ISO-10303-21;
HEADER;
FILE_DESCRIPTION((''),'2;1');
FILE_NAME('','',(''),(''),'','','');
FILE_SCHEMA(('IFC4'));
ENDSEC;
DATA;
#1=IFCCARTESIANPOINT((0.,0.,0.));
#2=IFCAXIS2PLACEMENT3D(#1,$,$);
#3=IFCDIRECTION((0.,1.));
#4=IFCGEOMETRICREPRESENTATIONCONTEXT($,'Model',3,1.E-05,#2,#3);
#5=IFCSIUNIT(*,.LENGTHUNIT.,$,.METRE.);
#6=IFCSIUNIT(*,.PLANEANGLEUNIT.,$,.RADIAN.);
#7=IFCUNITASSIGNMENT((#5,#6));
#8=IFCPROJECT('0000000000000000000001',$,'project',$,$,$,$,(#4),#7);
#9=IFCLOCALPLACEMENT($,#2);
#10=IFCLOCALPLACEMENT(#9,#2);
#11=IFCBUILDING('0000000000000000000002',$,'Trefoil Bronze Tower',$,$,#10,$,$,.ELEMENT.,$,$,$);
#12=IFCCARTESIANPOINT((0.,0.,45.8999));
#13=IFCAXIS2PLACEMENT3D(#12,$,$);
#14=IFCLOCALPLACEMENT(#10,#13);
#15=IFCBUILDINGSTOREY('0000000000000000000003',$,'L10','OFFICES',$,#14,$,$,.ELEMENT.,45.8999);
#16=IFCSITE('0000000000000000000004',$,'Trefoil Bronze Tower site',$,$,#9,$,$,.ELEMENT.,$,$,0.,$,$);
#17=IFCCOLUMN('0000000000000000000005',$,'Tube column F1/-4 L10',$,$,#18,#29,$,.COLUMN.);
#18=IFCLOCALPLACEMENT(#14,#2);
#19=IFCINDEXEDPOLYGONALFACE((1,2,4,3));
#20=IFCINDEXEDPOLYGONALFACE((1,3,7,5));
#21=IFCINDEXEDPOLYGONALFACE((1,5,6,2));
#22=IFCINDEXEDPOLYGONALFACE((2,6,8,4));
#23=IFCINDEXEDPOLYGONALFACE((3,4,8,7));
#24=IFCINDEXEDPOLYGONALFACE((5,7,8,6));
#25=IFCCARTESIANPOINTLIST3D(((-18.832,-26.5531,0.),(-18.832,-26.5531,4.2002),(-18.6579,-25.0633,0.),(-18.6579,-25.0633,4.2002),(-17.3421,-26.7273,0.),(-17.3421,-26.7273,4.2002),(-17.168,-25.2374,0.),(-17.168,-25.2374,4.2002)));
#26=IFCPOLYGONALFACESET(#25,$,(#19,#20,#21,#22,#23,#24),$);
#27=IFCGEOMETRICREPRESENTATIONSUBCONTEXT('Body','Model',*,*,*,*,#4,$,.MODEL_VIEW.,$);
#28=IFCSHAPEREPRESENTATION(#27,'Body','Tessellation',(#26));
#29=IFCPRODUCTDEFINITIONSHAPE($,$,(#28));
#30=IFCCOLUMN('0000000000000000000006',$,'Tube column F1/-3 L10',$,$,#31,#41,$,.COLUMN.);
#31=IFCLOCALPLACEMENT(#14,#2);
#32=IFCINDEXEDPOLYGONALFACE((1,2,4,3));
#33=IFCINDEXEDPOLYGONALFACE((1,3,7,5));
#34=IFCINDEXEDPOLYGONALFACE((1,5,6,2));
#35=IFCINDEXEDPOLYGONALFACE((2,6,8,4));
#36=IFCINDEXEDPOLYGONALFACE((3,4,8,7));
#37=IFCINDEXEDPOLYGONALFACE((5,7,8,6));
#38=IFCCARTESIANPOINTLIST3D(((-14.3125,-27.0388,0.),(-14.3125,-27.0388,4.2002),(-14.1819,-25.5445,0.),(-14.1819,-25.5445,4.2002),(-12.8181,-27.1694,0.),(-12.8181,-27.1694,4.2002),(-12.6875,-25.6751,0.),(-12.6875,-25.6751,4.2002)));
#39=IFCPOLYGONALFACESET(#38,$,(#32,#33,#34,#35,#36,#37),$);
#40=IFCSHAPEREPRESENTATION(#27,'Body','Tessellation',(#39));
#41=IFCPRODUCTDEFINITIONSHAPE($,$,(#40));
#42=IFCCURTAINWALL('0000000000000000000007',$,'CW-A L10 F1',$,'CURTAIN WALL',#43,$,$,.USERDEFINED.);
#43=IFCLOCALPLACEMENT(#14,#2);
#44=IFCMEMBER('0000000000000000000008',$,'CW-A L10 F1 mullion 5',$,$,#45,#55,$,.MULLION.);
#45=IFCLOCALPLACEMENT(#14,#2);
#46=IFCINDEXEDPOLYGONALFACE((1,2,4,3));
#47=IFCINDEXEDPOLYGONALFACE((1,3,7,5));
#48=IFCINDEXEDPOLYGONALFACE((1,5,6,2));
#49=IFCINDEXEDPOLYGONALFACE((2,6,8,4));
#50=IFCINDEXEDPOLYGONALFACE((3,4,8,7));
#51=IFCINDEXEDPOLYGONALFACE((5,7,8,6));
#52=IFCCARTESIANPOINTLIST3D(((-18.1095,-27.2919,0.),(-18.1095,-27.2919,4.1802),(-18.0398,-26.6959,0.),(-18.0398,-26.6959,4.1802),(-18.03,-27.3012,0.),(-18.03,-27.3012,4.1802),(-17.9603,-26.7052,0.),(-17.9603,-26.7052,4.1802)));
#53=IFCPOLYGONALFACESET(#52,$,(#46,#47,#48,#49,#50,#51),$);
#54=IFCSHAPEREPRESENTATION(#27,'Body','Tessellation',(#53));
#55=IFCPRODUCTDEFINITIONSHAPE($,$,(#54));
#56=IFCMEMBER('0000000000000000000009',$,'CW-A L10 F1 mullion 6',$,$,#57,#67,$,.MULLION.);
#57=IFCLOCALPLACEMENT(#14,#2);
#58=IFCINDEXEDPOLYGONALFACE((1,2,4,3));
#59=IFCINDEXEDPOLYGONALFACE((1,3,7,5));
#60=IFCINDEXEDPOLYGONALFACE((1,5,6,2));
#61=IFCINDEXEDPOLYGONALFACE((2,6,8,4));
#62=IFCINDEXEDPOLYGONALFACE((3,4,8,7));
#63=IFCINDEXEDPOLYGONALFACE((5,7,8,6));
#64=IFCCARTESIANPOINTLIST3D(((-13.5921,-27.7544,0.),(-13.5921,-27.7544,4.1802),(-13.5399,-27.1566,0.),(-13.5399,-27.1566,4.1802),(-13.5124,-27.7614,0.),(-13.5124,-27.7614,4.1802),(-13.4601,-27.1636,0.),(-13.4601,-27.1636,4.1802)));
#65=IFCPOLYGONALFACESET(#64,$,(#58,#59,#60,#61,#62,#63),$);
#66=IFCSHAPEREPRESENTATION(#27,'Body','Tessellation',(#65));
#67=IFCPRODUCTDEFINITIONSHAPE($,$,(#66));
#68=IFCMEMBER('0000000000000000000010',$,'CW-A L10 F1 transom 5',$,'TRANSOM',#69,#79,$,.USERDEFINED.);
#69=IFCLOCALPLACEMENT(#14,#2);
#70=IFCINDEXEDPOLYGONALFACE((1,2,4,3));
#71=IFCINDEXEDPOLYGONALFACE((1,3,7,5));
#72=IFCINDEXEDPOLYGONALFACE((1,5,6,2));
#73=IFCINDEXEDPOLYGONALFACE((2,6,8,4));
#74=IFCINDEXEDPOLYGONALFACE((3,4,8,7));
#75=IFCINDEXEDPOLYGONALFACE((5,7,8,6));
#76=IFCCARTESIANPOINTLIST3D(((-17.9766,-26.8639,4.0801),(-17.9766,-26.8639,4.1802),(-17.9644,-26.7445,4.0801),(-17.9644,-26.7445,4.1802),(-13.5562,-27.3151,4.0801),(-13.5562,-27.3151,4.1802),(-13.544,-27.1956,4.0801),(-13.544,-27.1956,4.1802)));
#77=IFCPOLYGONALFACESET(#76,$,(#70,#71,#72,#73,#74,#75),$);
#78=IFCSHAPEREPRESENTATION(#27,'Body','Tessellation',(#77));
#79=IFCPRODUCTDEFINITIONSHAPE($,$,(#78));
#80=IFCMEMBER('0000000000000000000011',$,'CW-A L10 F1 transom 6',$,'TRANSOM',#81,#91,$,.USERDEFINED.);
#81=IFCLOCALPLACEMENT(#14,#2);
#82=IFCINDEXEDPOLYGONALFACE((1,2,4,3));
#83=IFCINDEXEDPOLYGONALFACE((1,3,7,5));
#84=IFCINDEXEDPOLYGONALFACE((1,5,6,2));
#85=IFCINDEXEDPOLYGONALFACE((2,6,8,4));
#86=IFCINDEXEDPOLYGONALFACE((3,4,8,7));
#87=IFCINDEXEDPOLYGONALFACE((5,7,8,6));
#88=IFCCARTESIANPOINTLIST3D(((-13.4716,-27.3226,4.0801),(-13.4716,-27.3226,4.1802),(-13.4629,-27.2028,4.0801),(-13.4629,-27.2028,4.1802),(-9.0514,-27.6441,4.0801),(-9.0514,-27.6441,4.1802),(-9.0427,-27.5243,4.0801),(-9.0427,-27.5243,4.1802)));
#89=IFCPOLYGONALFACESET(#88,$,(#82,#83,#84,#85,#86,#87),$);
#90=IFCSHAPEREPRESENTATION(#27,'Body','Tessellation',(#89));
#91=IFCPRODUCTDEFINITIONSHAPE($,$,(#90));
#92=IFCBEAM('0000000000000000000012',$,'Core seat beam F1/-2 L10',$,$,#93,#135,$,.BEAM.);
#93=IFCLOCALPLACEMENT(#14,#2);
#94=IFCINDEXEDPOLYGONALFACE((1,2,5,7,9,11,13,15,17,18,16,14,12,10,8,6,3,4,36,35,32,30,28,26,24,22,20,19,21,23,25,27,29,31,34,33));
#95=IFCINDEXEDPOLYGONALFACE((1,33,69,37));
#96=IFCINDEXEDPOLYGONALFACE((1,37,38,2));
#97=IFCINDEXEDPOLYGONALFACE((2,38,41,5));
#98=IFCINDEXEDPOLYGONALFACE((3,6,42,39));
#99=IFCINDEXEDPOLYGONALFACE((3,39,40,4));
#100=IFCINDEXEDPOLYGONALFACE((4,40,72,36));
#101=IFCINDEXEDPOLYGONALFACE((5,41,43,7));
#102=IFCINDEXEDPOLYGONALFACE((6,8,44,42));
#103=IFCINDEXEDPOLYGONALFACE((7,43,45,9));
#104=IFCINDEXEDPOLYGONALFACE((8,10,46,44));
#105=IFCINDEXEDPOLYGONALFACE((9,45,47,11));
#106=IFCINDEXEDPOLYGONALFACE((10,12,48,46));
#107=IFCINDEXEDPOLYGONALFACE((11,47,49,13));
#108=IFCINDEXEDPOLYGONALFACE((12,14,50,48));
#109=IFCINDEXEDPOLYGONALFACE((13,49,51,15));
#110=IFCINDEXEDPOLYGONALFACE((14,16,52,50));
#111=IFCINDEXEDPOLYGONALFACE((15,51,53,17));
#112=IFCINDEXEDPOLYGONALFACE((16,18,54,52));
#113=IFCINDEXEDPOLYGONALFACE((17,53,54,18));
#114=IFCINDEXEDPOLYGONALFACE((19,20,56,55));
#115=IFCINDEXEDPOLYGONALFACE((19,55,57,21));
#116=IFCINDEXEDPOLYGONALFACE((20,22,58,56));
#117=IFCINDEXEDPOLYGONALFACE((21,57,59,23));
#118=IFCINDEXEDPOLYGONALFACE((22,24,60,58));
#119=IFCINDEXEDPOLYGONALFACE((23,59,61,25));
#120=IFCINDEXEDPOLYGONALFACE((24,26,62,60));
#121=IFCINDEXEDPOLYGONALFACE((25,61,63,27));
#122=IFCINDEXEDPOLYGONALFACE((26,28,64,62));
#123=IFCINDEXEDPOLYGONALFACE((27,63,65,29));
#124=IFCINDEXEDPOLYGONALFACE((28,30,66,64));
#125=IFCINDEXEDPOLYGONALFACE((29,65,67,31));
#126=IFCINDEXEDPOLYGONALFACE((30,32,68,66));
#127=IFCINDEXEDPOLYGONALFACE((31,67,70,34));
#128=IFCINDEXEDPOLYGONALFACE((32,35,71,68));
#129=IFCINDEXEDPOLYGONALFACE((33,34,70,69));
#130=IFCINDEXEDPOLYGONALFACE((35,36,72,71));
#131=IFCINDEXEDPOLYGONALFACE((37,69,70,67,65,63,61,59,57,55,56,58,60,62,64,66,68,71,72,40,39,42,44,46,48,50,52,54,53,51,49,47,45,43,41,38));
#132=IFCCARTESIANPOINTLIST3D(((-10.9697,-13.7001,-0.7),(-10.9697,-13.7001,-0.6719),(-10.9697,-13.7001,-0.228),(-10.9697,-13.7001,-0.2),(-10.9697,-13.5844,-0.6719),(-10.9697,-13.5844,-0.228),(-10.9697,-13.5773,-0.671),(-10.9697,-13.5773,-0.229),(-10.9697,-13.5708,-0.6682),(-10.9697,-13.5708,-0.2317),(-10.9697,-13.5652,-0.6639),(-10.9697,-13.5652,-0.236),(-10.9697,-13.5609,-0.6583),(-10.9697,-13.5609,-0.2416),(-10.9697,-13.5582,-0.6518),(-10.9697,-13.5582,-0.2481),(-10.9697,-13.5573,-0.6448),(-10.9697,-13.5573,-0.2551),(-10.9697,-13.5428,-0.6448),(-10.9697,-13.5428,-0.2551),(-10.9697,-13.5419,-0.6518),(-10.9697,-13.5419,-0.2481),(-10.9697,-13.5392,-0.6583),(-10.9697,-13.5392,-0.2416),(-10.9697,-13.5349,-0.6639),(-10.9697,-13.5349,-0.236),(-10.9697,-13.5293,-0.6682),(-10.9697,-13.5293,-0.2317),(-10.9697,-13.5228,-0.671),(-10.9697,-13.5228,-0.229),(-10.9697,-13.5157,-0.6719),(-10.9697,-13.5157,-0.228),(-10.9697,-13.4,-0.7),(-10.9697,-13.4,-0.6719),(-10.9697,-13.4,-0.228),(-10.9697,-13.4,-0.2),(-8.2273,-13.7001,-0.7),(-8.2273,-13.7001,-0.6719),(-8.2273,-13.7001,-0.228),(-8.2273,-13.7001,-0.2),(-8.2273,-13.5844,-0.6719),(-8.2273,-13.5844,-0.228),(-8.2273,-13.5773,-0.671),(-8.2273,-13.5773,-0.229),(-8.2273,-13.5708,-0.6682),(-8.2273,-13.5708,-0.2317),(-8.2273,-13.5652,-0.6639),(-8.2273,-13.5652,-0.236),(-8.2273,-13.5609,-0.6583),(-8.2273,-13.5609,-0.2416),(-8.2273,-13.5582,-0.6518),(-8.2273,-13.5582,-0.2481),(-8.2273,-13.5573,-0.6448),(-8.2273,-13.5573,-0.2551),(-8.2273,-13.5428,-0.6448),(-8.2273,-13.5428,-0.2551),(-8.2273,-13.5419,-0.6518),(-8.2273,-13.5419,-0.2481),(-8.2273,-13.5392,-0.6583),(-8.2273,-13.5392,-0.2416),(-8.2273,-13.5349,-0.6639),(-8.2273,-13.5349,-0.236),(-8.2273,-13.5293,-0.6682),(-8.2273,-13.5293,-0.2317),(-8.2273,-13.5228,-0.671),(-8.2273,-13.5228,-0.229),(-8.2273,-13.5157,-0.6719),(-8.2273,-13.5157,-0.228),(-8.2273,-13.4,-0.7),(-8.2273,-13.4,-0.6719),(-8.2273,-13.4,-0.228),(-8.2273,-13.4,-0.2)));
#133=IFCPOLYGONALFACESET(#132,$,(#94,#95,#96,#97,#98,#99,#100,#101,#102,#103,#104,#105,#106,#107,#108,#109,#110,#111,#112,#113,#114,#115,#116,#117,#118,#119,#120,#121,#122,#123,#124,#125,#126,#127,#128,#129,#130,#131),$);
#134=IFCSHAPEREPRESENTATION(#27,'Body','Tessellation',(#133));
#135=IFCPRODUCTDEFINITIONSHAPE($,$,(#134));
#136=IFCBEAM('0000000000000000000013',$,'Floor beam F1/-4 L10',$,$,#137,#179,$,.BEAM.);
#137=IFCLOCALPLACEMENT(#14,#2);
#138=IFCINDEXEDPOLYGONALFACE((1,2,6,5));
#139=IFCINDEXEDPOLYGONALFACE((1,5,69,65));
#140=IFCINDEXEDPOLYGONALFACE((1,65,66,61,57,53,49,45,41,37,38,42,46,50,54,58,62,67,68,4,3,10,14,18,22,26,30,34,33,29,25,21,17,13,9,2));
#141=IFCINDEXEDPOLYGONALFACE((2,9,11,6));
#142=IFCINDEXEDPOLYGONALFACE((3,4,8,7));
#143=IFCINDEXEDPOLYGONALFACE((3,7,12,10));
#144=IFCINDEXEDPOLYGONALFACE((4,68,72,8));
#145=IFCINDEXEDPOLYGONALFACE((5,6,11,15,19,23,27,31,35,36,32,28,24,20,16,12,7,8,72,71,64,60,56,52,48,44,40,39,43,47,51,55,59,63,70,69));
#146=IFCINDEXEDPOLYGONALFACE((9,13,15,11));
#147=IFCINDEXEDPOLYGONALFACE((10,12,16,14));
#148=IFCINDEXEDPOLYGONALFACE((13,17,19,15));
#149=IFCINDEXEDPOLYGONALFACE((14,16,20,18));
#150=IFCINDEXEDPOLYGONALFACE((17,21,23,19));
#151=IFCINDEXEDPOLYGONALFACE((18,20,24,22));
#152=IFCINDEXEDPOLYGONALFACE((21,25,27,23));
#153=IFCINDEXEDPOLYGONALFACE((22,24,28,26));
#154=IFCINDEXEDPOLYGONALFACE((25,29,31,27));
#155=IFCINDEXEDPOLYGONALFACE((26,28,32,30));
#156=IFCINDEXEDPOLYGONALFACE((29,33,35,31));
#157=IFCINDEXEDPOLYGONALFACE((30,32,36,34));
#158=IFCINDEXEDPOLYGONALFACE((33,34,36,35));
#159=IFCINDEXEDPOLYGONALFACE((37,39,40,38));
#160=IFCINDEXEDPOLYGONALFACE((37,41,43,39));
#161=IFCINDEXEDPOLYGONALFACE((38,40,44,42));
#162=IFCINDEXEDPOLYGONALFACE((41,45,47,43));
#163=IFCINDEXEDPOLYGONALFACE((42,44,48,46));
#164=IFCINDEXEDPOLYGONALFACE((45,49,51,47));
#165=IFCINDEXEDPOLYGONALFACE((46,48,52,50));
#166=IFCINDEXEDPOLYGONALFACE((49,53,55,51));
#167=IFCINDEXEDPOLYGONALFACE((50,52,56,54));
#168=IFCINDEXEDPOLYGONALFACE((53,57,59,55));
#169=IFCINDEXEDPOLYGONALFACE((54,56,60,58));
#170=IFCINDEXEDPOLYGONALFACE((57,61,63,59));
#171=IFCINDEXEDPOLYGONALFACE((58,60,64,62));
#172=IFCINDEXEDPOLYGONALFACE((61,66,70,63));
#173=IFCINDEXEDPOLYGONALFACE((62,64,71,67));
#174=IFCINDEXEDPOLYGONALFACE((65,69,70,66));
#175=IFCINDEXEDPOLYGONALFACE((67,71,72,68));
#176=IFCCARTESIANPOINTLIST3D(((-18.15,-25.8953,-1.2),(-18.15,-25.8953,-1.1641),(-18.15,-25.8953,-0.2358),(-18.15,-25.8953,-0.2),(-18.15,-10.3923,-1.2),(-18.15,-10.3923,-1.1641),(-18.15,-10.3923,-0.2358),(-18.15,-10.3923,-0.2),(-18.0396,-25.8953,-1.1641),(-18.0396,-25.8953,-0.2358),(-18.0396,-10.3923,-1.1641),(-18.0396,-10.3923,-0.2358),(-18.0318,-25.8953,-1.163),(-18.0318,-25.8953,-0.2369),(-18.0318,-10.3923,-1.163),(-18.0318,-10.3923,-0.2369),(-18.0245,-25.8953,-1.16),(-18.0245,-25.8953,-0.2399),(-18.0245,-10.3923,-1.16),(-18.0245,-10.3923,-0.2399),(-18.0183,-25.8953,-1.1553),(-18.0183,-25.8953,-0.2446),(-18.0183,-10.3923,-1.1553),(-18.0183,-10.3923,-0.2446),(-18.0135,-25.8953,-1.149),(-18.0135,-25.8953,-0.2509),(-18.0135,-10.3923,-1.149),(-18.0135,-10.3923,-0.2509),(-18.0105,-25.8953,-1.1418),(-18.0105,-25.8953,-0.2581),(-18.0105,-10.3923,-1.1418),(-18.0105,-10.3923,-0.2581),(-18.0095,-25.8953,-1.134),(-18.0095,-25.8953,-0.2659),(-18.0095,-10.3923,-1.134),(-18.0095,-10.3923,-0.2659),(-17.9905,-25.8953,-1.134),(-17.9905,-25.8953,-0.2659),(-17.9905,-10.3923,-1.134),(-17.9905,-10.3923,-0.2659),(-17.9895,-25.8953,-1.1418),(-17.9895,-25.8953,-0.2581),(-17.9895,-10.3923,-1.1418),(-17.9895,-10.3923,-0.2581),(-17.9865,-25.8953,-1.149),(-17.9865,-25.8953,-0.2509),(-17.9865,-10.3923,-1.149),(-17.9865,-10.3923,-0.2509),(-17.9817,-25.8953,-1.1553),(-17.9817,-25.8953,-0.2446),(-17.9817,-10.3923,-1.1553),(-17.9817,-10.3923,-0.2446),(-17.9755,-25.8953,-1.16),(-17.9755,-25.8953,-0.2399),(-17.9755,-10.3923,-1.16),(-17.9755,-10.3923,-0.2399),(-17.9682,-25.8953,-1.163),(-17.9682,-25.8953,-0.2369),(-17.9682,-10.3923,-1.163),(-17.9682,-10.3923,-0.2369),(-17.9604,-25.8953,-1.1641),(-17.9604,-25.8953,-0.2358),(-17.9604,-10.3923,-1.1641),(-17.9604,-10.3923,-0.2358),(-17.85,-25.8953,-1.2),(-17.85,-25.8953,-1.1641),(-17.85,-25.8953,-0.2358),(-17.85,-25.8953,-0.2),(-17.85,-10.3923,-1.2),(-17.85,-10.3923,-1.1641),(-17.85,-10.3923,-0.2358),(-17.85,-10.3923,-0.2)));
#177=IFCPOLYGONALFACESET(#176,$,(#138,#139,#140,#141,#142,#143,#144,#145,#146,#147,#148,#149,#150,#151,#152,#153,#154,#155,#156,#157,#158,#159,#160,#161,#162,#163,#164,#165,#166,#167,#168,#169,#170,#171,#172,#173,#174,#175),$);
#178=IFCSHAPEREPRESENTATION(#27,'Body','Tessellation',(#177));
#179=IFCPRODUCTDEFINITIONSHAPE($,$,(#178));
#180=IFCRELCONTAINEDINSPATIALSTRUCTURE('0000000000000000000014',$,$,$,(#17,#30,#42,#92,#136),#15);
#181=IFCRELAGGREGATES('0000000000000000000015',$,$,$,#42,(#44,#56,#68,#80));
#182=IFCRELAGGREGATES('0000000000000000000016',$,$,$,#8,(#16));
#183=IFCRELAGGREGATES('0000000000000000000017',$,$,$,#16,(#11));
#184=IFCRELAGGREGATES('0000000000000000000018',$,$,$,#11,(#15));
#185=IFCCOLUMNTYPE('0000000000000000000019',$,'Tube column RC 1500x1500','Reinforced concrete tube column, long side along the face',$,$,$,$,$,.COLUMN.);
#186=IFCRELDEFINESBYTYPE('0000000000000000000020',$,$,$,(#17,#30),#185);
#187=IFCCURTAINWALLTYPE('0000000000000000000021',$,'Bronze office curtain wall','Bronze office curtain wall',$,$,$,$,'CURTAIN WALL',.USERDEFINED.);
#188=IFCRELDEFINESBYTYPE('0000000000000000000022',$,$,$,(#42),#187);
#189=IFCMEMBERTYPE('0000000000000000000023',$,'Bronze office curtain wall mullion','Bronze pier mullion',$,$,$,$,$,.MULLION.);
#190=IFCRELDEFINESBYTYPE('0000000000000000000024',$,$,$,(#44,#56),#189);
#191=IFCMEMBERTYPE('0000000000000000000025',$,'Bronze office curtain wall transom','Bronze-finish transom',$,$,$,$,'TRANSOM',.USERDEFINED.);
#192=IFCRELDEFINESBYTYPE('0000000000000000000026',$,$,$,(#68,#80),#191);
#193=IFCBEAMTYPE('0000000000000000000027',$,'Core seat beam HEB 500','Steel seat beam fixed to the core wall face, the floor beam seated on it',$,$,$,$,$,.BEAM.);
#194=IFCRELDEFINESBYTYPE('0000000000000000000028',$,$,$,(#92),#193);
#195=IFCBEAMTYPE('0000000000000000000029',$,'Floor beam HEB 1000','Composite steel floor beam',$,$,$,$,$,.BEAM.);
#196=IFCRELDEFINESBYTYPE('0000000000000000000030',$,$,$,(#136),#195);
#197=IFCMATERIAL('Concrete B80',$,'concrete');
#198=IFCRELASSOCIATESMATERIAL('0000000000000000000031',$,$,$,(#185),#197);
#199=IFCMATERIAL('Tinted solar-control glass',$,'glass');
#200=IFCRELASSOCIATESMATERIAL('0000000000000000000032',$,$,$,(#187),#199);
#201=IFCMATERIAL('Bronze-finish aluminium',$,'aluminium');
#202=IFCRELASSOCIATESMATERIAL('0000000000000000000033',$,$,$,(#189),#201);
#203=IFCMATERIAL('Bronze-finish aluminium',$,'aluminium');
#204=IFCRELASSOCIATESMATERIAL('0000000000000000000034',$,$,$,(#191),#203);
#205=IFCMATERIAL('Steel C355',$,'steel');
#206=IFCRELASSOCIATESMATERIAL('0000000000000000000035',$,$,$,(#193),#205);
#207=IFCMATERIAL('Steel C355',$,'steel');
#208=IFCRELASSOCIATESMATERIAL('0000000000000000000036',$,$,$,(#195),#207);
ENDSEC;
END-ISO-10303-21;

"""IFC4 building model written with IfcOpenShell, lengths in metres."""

from ifc_helpers import new_model, si_unit, direction, frame, origin, origin_2d, place, context, subcontext, project, spatial, rectangle, i_section, extrude, material, material_profile, profile_set, type_object, element, aggregate, save


model = new_model("IFC4")

# Units and contexts
model_context = context("Model", 3, precision=1e-05, world=origin(), true_north=direction((0.0, 1.0)))
body_context = subcontext(model_context, "Body", "Model", "MODEL_VIEW")
ifc_project = project(units=[si_unit("LENGTHUNIT", "METRE"), si_unit("PLANEANGLEUNIT", "RADIAN")], contexts=[model_context])

# Site, building, storey
site_placement = place(None, origin())
site = spatial("IfcSite", under=ifc_project, at=site_placement, Name="Trefoil Bronze Tower site", CompositionType="ELEMENT", RefElevation=0.0)
building_placement = place(site_placement, origin())
building = spatial("IfcBuilding", under=site, at=building_placement, Name="Trefoil Bronze Tower", CompositionType="ELEMENT")
storey_placement = place(building_placement, frame((0.0, 0.0, 45.8999)))
storey = spatial("IfcBuildingStorey", under=building, at=storey_placement, Name="L10", Description="OFFICES", CompositionType="ELEMENT", Elevation=45.8999)

# Columns
ifc_material_1 = material(Name="Concrete B80", Category="concrete")
ifc_material_profile_1 = material_profile(ifc_material_1, rectangle(XDim=1.5, YDim=1.5, at=origin_2d()), Name="RC 1500x1500")
ifc_profile_set_1 = profile_set([ifc_material_profile_1], Name="Concrete B80")
column_type = type_object("IfcColumnType", Name="Tube column RC 1500x1500", Description="Reinforced concrete tube column, long side along the face", PredefinedType="COLUMN", material=ifc_profile_set_1)
for number, where, z_axis, x_axis, name in (
    (1, (-18.0, -25.8953, 0.0), (0.0, 0.0, 1.0), (0.993239, -0.116087, 0.0), "Tube column F1/-4 L10"),
    (2, (-13.5, -26.3569, 0.0), (0.0, 0.0, 1.0), (0.996203, -0.087065, 0.0), "Tube column F1/-3 L10"),
):
    element("IfcColumn", number, at=place(storey_placement, frame(where, z_axis=z_axis, x_axis=x_axis)), inside=storey, type_object=column_type, Name=name, PredefinedType="COLUMN", context=body_context, shape_type="SweptSolid", body=[
        extrude(rectangle(XDim=1.5, YDim=1.5, at=origin_2d()), origin(), (0.0, 0.0, 1.0), 4.2002),
    ])

# Curtain wall, members
ifc_material_2 = material(Name="Tinted solar-control glass", Category="glass")
curtain_wall_type = type_object("IfcCurtainWallType", Name="Bronze office curtain wall", Description="Bronze office curtain wall", ElementType="CURTAIN WALL", PredefinedType="USERDEFINED", material=ifc_material_2)
curtain_wall_placement = place(storey_placement, origin())
curtain_wall = element("IfcCurtainWall", 3, at=curtain_wall_placement, inside=storey, type_object=curtain_wall_type, Name="CW-A L10 F1", ObjectType="CURTAIN WALL", PredefinedType="USERDEFINED")
ifc_material_3 = material(Name="Bronze-finish aluminium", Category="aluminium")
ifc_material_profile_2 = material_profile(ifc_material_3, rectangle(XDim=0.6001, YDim=0.0801, at=origin_2d()), Name="CW-A mullion")
ifc_profile_set_2 = profile_set([ifc_material_profile_2], Name="Bronze-finish aluminium")
member_type_1 = type_object("IfcMemberType", Name="Bronze office curtain wall mullion", Description="Bronze pier mullion", PredefinedType="MULLION", material=ifc_profile_set_2)
member_1_placement = place(storey_placement, frame((-18.0349, -26.9985, 0.0), z_axis=(0.0, 0.0, 1.0), x_axis=(0.116087, 0.993239, 0.0)))
member_1 = element("IfcMember", 4, at=member_1_placement, type_object=member_type_1, Name="CW-A L10 F1 mullion 5", PredefinedType="MULLION", context=body_context, shape_type="SweptSolid", body=[
    extrude(rectangle(XDim=0.6001, YDim=0.0801, at=origin_2d()), origin(), (0.0, 0.0, 1.0), 4.1802),
])
member_2_placement = place(storey_placement, frame((-13.5261, -27.459, 0.0), z_axis=(0.0, 0.0, 1.0), x_axis=(0.087065, 0.996203, 0.0)))
member_2 = element("IfcMember", 5, at=member_2_placement, type_object=member_type_1, Name="CW-A L10 F1 mullion 6", PredefinedType="MULLION", context=body_context, shape_type="SweptSolid", body=[
    extrude(rectangle(XDim=0.6001, YDim=0.0801, at=origin_2d()), origin(), (0.0, 0.0, 1.0), 4.1802),
])
ifc_material_4 = material(Name="Bronze-finish aluminium", Category="aluminium")
ifc_material_profile_3 = material_profile(ifc_material_4, rectangle(XDim=0.1201, YDim=0.1001, at=origin_2d()), Name="CW-A transom")
ifc_profile_set_3 = profile_set([ifc_material_profile_3], Name="Bronze-finish aluminium")
member_type_2 = type_object("IfcMemberType", Name="Bronze office curtain wall transom", Description="Bronze-finish transom", ElementType="TRANSOM", PredefinedType="USERDEFINED", material=ifc_profile_set_3)
member_3_placement = place(storey_placement, frame((-17.9705, -26.8042, 4.1301), z_axis=(0.994832, -0.101538, 0.0), x_axis=(0.101538, 0.994832, 0.0)))
member_3 = element("IfcMember", 6, at=member_3_placement, type_object=member_type_2, Name="CW-A L10 F1 transom 5", ObjectType="TRANSOM", PredefinedType="USERDEFINED", context=body_context, shape_type="SweptSolid", body=[
    extrude(rectangle(XDim=0.1201, YDim=0.1001, at=origin_2d()), origin(), (0.0, 0.0, 1.0), 4.4434),
])
member_4_placement = place(storey_placement, frame((-13.4673, -27.2627, 4.1301), z_axis=(0.997365, -0.072551, 0.0), x_axis=(0.072551, 0.997365, 0.0)))
member_4 = element("IfcMember", 7, at=member_4_placement, type_object=member_type_2, Name="CW-A L10 F1 transom 6", ObjectType="TRANSOM", PredefinedType="USERDEFINED", context=body_context, shape_type="SweptSolid", body=[
    extrude(rectangle(XDim=0.1201, YDim=0.1001, at=origin_2d()), origin(), (0.0, 0.0, 1.0), 4.4319),
])

# Beams
ifc_material_5 = material(Name="Steel C355", Category="steel")
ifc_material_profile_4 = material_profile(ifc_material_5, i_section(OverallWidth=0.3, OverallDepth=0.5, WebThickness=0.0144, FlangeThickness=0.0281, FilletRadius=0.0271, at=origin_2d()), Name="HEB 500")
ifc_profile_set_4 = profile_set([ifc_material_profile_4], Name="Steel C355")
beam_type_1 = type_object("IfcBeamType", Name="Core seat beam HEB 500", Description="Steel seat beam fixed to the core wall face, the floor beam seated on it", PredefinedType="BEAM", material=ifc_profile_set_4)
beam_1_placement = place(storey_placement, frame((-10.9697, -13.55, -0.45), z_axis=(1.0, 0.0, 0.0), x_axis=(0.0, 1.0, 0.0)))
element("IfcBeam", 8, at=beam_1_placement, inside=storey, type_object=beam_type_1, Name="Core seat beam F1/-2 L10", PredefinedType="BEAM", context=body_context, shape_type="SweptSolid", body=[
    extrude(i_section(OverallWidth=0.3, OverallDepth=0.5, WebThickness=0.0144, FlangeThickness=0.0281, FilletRadius=0.0271, at=origin_2d()), origin(), (0.0, 0.0, 1.0), 2.7424),
])
ifc_material_6 = material(Name="Steel C355", Category="steel")
ifc_material_profile_5 = material_profile(ifc_material_6, i_section(OverallWidth=0.3, OverallDepth=1.0, WebThickness=0.019, FlangeThickness=0.0359, FilletRadius=0.03, at=origin_2d()), Name="HEB 1000")
ifc_profile_set_5 = profile_set([ifc_material_profile_5], Name="Steel C355")
beam_type_2 = type_object("IfcBeamType", Name="Floor beam HEB 1000", Description="Composite steel floor beam", PredefinedType="BEAM", material=ifc_profile_set_5)
beam_2_placement = place(storey_placement, frame((-18.0, -25.8953, -0.7), z_axis=(0.0, 1.0, 0.0), x_axis=(-1.0, 0.0, 0.0)))
element("IfcBeam", 9, at=beam_2_placement, inside=storey, type_object=beam_type_2, Name="Floor beam F1/-4 L10", PredefinedType="BEAM", context=body_context, shape_type="SweptSolid", body=[
    extrude(i_section(OverallWidth=0.3, OverallDepth=1.0, WebThickness=0.019, FlangeThickness=0.0359, FilletRadius=0.03, at=origin_2d()), origin(), (0.0, 0.0, 1.0), 15.5029),
])

aggregate(curtain_wall, [member_1, member_2, member_3, member_4])

save(model, "model.ifc")
